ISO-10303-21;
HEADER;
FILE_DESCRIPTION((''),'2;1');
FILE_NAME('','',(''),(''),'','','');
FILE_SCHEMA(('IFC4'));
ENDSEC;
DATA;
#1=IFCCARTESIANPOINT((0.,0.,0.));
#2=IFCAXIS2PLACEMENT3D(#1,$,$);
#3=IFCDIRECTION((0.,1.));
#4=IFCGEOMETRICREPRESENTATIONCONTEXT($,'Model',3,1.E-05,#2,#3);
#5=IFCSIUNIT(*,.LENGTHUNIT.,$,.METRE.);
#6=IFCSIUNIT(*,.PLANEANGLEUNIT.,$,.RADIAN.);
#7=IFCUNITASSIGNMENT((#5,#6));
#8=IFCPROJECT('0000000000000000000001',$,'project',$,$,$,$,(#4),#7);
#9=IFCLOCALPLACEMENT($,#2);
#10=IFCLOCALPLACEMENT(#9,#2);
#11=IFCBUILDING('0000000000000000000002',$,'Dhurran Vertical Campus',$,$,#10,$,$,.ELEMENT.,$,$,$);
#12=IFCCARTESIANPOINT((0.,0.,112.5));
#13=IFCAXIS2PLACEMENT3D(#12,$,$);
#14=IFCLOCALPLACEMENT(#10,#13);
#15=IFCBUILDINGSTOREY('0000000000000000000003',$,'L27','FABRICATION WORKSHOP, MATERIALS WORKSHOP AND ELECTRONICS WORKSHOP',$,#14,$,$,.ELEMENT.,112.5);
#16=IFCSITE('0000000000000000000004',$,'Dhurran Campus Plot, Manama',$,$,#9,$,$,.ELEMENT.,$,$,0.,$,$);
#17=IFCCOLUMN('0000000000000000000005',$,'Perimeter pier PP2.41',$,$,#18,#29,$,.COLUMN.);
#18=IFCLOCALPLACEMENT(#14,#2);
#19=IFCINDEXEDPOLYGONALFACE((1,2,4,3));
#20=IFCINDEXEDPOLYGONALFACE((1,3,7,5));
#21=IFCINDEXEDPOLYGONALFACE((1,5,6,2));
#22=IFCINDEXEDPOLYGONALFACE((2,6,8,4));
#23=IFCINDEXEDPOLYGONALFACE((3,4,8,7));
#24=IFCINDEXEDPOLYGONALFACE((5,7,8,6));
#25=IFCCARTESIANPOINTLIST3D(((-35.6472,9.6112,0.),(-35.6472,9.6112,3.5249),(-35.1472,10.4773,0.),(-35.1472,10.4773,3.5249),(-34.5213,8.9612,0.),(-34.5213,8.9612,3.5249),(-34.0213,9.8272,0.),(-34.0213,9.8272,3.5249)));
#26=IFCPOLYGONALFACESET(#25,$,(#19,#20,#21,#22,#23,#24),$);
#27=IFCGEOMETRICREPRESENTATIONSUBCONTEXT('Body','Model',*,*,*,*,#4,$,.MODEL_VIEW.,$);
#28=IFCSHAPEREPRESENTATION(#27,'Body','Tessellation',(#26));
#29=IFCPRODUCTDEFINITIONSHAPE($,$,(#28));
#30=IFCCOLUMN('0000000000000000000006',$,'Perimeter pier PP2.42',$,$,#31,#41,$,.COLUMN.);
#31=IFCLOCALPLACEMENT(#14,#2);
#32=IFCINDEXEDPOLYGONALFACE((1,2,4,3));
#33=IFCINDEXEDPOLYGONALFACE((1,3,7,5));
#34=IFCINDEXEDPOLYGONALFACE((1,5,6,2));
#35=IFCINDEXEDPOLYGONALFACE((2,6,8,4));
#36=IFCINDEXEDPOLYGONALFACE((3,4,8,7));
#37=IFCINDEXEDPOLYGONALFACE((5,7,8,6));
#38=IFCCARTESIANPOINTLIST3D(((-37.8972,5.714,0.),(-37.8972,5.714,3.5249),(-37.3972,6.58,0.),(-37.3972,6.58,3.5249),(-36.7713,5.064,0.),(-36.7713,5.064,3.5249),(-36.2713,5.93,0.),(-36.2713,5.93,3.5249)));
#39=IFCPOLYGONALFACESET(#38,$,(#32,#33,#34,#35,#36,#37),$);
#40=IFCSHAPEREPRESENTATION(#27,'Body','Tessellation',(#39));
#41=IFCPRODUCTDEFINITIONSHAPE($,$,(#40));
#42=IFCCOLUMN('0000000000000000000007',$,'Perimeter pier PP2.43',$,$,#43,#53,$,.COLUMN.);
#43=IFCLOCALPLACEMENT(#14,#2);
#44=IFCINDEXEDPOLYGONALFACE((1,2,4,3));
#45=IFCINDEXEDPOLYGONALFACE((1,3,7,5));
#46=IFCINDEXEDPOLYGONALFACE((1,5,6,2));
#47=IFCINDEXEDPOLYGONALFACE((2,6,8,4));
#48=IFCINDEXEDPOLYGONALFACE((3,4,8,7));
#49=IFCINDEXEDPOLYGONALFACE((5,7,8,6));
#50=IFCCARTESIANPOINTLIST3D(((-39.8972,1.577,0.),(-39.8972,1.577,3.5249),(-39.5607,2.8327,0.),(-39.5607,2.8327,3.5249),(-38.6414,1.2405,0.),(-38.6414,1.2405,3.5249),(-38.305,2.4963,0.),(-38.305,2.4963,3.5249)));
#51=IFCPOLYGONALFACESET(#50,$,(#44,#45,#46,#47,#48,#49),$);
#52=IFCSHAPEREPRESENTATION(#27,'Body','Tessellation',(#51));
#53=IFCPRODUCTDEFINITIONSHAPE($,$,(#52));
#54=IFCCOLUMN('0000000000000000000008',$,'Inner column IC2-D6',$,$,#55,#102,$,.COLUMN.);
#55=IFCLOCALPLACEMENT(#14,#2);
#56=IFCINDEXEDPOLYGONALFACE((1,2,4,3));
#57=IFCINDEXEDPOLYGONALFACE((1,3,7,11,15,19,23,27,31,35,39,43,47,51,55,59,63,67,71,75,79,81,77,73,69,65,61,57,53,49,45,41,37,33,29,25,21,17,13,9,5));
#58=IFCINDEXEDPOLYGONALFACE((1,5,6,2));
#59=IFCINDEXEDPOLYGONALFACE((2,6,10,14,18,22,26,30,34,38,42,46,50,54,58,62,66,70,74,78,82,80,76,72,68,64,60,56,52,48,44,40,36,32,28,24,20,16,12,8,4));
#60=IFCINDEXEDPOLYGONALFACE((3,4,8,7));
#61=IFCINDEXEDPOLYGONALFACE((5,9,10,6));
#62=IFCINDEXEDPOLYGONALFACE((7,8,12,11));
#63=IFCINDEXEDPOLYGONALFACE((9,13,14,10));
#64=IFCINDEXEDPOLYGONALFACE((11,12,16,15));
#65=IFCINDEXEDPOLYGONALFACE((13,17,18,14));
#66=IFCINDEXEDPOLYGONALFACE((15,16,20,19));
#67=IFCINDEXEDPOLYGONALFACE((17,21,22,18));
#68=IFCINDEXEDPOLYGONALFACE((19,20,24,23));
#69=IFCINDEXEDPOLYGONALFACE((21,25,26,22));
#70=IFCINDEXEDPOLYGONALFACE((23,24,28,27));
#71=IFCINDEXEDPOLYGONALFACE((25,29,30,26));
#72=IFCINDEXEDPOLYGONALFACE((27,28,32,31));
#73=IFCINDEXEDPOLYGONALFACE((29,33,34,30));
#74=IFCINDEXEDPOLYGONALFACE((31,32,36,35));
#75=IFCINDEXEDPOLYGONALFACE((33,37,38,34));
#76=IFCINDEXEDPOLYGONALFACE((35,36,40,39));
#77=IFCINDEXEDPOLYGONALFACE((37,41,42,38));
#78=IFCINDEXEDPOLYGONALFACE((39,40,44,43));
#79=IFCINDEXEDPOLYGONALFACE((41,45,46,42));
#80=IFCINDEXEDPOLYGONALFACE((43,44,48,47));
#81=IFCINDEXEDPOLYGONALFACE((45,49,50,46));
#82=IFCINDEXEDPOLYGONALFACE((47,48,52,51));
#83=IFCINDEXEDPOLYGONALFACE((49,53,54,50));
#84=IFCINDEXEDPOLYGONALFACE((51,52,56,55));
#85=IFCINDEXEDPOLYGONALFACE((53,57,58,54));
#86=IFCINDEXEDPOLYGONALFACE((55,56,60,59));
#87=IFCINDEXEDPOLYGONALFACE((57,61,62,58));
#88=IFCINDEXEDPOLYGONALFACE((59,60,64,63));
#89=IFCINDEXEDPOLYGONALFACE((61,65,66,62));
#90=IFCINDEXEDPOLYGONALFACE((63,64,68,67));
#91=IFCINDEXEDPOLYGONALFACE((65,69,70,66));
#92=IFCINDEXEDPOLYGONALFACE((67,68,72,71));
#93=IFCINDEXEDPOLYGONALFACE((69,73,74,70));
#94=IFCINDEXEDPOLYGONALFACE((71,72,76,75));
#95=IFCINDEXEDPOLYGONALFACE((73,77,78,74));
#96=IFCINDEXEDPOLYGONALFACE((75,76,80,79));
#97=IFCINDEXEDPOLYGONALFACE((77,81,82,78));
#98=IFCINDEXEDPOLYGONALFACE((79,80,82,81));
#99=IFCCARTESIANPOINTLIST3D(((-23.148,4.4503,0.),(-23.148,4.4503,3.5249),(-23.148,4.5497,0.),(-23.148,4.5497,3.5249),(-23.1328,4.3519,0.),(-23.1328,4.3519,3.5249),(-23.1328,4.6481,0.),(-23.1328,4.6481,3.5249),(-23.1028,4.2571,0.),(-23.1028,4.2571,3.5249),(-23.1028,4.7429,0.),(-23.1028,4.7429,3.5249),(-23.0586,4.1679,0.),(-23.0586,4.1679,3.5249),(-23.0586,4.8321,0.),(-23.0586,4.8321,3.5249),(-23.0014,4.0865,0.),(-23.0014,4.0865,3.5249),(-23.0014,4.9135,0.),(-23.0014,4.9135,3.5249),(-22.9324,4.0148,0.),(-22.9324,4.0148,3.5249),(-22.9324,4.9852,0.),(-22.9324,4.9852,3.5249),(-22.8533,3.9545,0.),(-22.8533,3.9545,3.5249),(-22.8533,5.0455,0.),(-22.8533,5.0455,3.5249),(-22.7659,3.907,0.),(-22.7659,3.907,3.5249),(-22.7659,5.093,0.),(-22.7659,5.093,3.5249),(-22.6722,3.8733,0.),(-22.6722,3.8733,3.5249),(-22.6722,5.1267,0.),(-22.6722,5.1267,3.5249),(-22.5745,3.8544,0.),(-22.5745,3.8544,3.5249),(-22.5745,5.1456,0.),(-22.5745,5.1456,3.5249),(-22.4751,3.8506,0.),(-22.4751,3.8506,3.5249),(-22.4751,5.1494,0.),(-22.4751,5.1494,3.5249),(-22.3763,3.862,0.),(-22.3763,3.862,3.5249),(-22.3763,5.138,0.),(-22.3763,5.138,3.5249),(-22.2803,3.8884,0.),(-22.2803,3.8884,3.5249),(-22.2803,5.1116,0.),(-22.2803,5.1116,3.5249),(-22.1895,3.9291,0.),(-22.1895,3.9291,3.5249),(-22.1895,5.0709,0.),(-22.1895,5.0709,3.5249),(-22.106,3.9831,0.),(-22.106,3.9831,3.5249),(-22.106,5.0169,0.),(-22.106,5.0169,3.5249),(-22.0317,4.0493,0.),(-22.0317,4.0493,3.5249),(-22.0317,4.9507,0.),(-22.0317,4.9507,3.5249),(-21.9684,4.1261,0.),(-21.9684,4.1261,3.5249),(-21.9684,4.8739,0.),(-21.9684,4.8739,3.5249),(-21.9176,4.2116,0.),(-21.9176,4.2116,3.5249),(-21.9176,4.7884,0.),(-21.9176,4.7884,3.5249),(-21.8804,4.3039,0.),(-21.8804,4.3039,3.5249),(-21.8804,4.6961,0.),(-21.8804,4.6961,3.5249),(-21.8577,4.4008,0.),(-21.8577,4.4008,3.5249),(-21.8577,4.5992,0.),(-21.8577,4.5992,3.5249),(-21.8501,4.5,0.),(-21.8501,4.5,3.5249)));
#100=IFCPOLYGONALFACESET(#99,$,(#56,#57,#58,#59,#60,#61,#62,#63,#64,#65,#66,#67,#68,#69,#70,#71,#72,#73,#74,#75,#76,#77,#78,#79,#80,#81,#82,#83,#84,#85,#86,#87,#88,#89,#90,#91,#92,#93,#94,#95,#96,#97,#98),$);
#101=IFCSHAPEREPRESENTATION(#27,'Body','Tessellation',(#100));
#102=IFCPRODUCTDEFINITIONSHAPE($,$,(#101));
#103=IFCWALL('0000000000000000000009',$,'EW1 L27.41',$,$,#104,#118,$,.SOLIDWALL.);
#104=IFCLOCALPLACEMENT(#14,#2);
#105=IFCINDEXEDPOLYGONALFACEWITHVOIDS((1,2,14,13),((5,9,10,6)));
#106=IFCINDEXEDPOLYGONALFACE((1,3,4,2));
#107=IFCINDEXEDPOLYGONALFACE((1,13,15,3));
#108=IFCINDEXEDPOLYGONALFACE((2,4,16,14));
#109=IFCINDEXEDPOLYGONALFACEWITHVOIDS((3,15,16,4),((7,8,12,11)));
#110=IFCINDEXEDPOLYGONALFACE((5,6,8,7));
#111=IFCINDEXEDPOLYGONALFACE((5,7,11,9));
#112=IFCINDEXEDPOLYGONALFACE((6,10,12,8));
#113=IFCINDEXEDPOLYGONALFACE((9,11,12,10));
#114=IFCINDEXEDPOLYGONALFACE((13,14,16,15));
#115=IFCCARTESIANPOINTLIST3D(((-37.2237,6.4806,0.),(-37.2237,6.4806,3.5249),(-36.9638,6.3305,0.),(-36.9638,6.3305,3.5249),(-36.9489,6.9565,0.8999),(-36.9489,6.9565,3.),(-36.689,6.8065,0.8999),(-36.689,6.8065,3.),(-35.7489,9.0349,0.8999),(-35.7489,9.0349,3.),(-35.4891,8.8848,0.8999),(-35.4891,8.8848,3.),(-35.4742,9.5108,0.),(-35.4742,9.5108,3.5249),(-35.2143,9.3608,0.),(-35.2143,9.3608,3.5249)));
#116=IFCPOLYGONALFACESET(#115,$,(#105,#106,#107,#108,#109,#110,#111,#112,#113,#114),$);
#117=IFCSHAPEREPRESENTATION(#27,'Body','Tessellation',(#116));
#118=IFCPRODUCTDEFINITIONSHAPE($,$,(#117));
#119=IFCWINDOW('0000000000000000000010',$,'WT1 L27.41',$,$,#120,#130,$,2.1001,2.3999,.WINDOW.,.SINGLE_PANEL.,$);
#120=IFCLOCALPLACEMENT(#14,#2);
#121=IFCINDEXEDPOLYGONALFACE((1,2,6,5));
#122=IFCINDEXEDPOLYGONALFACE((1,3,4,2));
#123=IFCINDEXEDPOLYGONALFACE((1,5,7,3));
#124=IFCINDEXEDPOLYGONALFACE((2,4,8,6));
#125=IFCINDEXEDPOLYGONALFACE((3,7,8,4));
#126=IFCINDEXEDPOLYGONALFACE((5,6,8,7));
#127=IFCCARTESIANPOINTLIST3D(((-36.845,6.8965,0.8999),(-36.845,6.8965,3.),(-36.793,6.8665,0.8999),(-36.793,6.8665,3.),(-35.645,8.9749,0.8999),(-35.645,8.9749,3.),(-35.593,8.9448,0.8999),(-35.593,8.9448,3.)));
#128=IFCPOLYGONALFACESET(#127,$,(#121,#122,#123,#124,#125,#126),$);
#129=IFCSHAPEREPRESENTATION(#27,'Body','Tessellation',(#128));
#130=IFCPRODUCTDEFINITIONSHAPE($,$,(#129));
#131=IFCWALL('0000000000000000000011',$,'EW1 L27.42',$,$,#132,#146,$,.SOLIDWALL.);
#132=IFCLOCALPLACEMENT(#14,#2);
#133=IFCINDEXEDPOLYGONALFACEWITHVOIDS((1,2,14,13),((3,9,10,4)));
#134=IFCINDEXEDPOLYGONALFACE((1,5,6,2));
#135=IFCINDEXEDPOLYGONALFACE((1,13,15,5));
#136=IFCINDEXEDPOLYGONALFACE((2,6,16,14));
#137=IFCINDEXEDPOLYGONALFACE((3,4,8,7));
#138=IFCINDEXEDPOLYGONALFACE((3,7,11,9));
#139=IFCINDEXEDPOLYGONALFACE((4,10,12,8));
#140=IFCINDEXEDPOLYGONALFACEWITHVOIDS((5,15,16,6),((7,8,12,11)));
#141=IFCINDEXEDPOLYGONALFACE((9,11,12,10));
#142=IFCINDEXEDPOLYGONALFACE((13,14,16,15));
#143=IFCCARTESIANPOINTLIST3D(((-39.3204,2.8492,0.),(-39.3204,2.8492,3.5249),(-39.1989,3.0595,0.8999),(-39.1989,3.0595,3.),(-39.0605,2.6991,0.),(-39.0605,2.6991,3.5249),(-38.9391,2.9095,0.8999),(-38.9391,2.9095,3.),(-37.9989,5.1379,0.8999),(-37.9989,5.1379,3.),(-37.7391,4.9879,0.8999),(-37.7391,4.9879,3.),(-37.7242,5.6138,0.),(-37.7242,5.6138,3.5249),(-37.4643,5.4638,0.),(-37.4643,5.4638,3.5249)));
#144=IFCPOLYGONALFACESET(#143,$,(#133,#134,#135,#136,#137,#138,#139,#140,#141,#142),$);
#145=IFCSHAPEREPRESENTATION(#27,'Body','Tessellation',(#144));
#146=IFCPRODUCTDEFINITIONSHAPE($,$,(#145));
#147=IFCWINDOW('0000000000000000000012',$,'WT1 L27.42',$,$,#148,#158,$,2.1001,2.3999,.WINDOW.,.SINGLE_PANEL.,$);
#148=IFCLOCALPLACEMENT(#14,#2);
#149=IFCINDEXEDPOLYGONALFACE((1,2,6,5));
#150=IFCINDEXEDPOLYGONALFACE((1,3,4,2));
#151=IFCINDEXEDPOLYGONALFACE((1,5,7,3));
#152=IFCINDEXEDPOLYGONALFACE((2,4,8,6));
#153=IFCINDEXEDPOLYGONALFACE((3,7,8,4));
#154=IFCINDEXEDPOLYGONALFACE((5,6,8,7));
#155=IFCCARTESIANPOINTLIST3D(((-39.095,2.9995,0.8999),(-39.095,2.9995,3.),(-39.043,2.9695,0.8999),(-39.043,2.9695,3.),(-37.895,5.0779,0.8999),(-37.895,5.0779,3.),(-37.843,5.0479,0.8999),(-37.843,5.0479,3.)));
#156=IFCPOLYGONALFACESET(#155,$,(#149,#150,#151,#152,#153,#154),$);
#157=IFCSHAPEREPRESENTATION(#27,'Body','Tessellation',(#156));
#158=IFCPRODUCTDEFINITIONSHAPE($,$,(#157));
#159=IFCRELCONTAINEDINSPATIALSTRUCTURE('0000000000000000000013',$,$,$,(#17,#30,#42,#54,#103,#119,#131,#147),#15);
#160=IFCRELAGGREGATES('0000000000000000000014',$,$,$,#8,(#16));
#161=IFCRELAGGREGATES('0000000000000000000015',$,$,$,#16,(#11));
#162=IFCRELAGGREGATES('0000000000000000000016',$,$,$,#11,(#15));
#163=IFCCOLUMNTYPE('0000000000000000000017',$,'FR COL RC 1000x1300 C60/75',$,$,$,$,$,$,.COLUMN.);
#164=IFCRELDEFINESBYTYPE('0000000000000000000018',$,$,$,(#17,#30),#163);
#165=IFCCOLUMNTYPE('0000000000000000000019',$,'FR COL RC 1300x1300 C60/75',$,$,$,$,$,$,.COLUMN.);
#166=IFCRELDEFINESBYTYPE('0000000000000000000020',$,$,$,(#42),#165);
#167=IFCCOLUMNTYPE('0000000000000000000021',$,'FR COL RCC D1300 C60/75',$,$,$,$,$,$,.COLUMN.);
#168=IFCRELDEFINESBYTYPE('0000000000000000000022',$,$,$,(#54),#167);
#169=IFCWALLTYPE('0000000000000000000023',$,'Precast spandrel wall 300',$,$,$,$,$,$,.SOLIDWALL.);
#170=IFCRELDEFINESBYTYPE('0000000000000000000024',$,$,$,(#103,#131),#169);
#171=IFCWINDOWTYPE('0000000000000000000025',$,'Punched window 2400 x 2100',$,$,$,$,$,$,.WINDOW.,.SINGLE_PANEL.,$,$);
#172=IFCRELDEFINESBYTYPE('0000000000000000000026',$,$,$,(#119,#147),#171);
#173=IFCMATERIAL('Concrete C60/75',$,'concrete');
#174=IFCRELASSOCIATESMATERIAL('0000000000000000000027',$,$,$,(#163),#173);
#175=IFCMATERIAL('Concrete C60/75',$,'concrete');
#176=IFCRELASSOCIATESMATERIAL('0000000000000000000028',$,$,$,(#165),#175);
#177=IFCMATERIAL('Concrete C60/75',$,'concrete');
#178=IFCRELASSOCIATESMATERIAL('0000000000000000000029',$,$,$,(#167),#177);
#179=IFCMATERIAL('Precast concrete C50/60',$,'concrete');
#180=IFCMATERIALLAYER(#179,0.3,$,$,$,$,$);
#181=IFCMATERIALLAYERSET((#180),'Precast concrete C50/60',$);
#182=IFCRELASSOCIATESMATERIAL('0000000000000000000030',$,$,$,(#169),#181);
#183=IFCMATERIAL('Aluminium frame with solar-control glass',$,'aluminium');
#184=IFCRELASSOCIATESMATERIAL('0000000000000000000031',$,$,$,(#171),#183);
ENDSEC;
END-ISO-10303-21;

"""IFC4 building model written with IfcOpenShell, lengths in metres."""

from ifc_helpers import new_model, si_unit, direction, frame, frame_2d, origin, origin_2d, place, context, subcontext, project, spatial, rectangle, circle, extrude, material, layer, layer_set, material_profile, profile_set, type_object, element, fill, save


model = new_model("IFC4")

# Units and contexts
model_context = context("Model", 3, precision=1e-05, world=origin(), true_north=direction((0.0, 1.0)))
body_context = subcontext(model_context, "Body", "Model", "MODEL_VIEW")
ifc_project = project(units=[si_unit("LENGTHUNIT", "METRE"), si_unit("PLANEANGLEUNIT", "RADIAN")], contexts=[model_context])

# Site, building, storey
site_placement = place(None, origin())
site = spatial("IfcSite", under=ifc_project, at=site_placement, Name="Dhurran Campus Plot, Manama", CompositionType="ELEMENT", RefElevation=0.0)
building_placement = place(site_placement, origin())
building = spatial("IfcBuilding", under=site, at=building_placement, Name="Dhurran Vertical Campus", CompositionType="ELEMENT")
storey_placement = place(building_placement, frame((0.0, 0.0, 112.5)))
storey = spatial("IfcBuildingStorey", under=building, at=storey_placement, Name="L27", Description="FABRICATION WORKSHOP, MATERIALS WORKSHOP AND ELECTRONICS WORKSHOP", CompositionType="ELEMENT", Elevation=112.5)

# Columns
ifc_material_1 = material(Name="Concrete C60/75", Category="concrete")
ifc_material_profile_1 = material_profile(ifc_material_1, rectangle(XDim=1.0, YDim=1.3, at=origin_2d()), Name="RC 1000x1300")
ifc_profile_set_1 = profile_set([ifc_material_profile_1], Name="Concrete C60/75")
column_type_1 = type_object("IfcColumnType", Name="FR COL RC 1000x1300 C60/75", PredefinedType="COLUMN", material=ifc_profile_set_1)
for number, where, z_axis, x_axis, name in (
    (1, (-34.8342, 9.7192, 0.0), (0.0, 0.0, 1.0), (-0.5, -0.866025, 0.0), "Perimeter pier PP2.41"),
    (2, (-37.0842, 5.822, 0.0), (0.0, 0.0, 1.0), (-0.5, -0.866025, 0.0), "Perimeter pier PP2.42"),
):
    element("IfcColumn", number, at=place(storey_placement, frame(where, z_axis=z_axis, x_axis=x_axis)), inside=storey, type_object=column_type_1, Name=name, PredefinedType="COLUMN", context=body_context, shape_type="SweptSolid", body=[
        extrude(rectangle(XDim=1.0, YDim=1.3, at=origin_2d()), origin(), (0.0, 0.0, 1.0), 3.5249),
    ])
ifc_material_2 = material(Name="Concrete C60/75", Category="concrete")
ifc_material_profile_2 = material_profile(ifc_material_2, rectangle(XDim=1.3, YDim=1.3, at=origin_2d()), Name="RC 1300x1300")
ifc_profile_set_2 = profile_set([ifc_material_profile_2], Name="Concrete C60/75")
column_type_2 = type_object("IfcColumnType", Name="FR COL RC 1300x1300 C60/75", PredefinedType="COLUMN", material=ifc_profile_set_2)
column_1_placement = place(storey_placement, frame((-39.1011, 2.0366, 0.0), z_axis=(0.0, 0.0, 1.0), x_axis=(-0.258819, -0.965926, 0.0)))
element("IfcColumn", 3, at=column_1_placement, inside=storey, type_object=column_type_2, Name="Perimeter pier PP2.43", PredefinedType="COLUMN", context=body_context, shape_type="SweptSolid", body=[
    extrude(rectangle(XDim=1.3, YDim=1.3, at=origin_2d()), origin(), (0.0, 0.0, 1.0), 3.5249),
])
ifc_material_3 = material(Name="Concrete C60/75", Category="concrete")
ifc_material_profile_3 = material_profile(ifc_material_3, circle(Radius=0.6499, at=origin_2d()), Name="RCC D1300")
ifc_profile_set_3 = profile_set([ifc_material_profile_3], Name="Concrete C60/75")
column_type_3 = type_object("IfcColumnType", Name="FR COL RCC D1300 C60/75", PredefinedType="COLUMN", material=ifc_profile_set_3)
column_2_placement = place(storey_placement, frame((-22.5, 4.5, 0.0), z_axis=(0.0, 0.0, 1.0), x_axis=(1.0, 0.0, 0.0)))
element("IfcColumn", 4, at=column_2_placement, inside=storey, type_object=column_type_3, Name="Inner column IC2-D6", PredefinedType="COLUMN", context=body_context, shape_type="SweptSolid", body=[
    extrude(circle(Radius=0.6499, at=origin_2d()), origin(), (0.0, 0.0, 1.0), 3.5249),
])

# Walls, openings, windows
ifc_material_4 = material(Name="Precast concrete C50/60", Category="concrete")
ifc_layer_1 = layer(ifc_material_4, 0.3)
ifc_layer_set_1 = layer_set([ifc_layer_1], Name="Precast concrete C50/60")
wall_type_1 = type_object("IfcWallType", Name="Precast spandrel wall 300", PredefinedType="SOLIDWALL", material=ifc_layer_set_1)
wall_1_placement = place(storey_placement, frame((-35.3442, 9.4358, 0.0), z_axis=(0.0, 0.0, 1.0), x_axis=(-0.499996, -0.866028, 0.0)))
wall_1 = element("IfcWall", 5, at=wall_1_placement, inside=storey, type_object=wall_type_1, Name="EW1 L27.41", PredefinedType="SOLIDWALL", context=body_context, shape_type="SweptSolid", body=[
    extrude(rectangle(XDim=3.499, YDim=0.3, at=frame_2d((1.7495, 0.0))), origin(), (0.0, 0.0, 1.0), 3.5249),
])
opening_1_placement = place(wall_1_placement, frame((0.5496, 0.0, 0.8999)))
opening_1 = element("IfcOpeningElement", 6, at=opening_1_placement, cuts=wall_1, PredefinedType="OPENING", context=body_context, shape_type="SweptSolid", body=[
    extrude(rectangle(XDim=2.3999, YDim=2.1001, at=frame_2d((1.2, 1.05))), frame((0.0, 0.1599, 0.0), z_axis=(0.0, -1.0, 0.0), x_axis=(1.0, 0.0, 0.0)), (0.0, 0.0, 1.0), 0.3201),
])
ifc_material_5 = material(Name="Aluminium frame with solar-control glass", Category="aluminium")
window_type = type_object("IfcWindowType", Name="Punched window 2400 x 2100", PartitioningType="SINGLE_PANEL", PredefinedType="WINDOW", material=ifc_material_5)
window_1_placement = place(opening_1_placement, origin())
window_1 = element("IfcWindow", 7, at=window_1_placement, inside=storey, type_object=window_type, Name="WT1 L27.41", OverallHeight=2.1001, OverallWidth=2.3999, PartitioningType="SINGLE_PANEL", PredefinedType="WINDOW", context=body_context, shape_type="SweptSolid", body=[
    extrude(rectangle(XDim=2.3999, YDim=2.1001, at=frame_2d((1.2, 1.05))), frame((0.0, 0.03, 0.0), z_axis=(0.0, -1.0, 0.0), x_axis=(1.0, 0.0, 0.0)), (0.0, 0.0, 1.0), 0.0601),
])
fill(opening_1, window_1)
wall_2_placement = place(storey_placement, frame((-37.5942, 5.5388, 0.0), z_axis=(0.0, 0.0, 1.0), x_axis=(-0.500005, -0.866023, 0.0)))
wall_2 = element("IfcWall", 8, at=wall_2_placement, inside=storey, type_object=wall_type_1, Name="EW1 L27.42", PredefinedType="SOLIDWALL", context=body_context, shape_type="SweptSolid", body=[
    extrude(rectangle(XDim=3.1924, YDim=0.3, at=frame_2d((1.5962, 0.0))), origin(), (0.0, 0.0, 1.0), 3.5249),
])
opening_2_placement = place(wall_2_placement, frame((0.5496, 0.0, 0.8999)))
opening_2 = element("IfcOpeningElement", 9, at=opening_2_placement, cuts=wall_2, PredefinedType="OPENING", context=body_context, shape_type="SweptSolid", body=[
    extrude(rectangle(XDim=2.3999, YDim=2.1001, at=frame_2d((1.2, 1.05))), frame((0.0, 0.1599, 0.0), z_axis=(0.0, -1.0, 0.0), x_axis=(1.0, 0.0, 0.0)), (0.0, 0.0, 1.0), 0.3201),
])
window_2_placement = place(opening_2_placement, origin())
window_2 = element("IfcWindow", 10, at=window_2_placement, inside=storey, type_object=window_type, Name="WT1 L27.42", OverallHeight=2.1001, OverallWidth=2.3999, PartitioningType="SINGLE_PANEL", PredefinedType="WINDOW", context=body_context, shape_type="SweptSolid", body=[
    extrude(rectangle(XDim=2.3999, YDim=2.1001, at=frame_2d((1.2, 1.05))), frame((0.0, 0.03, 0.0), z_axis=(0.0, -1.0, 0.0), x_axis=(1.0, 0.0, 0.0)), (0.0, 0.0, 1.0), 0.0601),
])
fill(opening_2, window_2)

save(model, "model.ifc")
